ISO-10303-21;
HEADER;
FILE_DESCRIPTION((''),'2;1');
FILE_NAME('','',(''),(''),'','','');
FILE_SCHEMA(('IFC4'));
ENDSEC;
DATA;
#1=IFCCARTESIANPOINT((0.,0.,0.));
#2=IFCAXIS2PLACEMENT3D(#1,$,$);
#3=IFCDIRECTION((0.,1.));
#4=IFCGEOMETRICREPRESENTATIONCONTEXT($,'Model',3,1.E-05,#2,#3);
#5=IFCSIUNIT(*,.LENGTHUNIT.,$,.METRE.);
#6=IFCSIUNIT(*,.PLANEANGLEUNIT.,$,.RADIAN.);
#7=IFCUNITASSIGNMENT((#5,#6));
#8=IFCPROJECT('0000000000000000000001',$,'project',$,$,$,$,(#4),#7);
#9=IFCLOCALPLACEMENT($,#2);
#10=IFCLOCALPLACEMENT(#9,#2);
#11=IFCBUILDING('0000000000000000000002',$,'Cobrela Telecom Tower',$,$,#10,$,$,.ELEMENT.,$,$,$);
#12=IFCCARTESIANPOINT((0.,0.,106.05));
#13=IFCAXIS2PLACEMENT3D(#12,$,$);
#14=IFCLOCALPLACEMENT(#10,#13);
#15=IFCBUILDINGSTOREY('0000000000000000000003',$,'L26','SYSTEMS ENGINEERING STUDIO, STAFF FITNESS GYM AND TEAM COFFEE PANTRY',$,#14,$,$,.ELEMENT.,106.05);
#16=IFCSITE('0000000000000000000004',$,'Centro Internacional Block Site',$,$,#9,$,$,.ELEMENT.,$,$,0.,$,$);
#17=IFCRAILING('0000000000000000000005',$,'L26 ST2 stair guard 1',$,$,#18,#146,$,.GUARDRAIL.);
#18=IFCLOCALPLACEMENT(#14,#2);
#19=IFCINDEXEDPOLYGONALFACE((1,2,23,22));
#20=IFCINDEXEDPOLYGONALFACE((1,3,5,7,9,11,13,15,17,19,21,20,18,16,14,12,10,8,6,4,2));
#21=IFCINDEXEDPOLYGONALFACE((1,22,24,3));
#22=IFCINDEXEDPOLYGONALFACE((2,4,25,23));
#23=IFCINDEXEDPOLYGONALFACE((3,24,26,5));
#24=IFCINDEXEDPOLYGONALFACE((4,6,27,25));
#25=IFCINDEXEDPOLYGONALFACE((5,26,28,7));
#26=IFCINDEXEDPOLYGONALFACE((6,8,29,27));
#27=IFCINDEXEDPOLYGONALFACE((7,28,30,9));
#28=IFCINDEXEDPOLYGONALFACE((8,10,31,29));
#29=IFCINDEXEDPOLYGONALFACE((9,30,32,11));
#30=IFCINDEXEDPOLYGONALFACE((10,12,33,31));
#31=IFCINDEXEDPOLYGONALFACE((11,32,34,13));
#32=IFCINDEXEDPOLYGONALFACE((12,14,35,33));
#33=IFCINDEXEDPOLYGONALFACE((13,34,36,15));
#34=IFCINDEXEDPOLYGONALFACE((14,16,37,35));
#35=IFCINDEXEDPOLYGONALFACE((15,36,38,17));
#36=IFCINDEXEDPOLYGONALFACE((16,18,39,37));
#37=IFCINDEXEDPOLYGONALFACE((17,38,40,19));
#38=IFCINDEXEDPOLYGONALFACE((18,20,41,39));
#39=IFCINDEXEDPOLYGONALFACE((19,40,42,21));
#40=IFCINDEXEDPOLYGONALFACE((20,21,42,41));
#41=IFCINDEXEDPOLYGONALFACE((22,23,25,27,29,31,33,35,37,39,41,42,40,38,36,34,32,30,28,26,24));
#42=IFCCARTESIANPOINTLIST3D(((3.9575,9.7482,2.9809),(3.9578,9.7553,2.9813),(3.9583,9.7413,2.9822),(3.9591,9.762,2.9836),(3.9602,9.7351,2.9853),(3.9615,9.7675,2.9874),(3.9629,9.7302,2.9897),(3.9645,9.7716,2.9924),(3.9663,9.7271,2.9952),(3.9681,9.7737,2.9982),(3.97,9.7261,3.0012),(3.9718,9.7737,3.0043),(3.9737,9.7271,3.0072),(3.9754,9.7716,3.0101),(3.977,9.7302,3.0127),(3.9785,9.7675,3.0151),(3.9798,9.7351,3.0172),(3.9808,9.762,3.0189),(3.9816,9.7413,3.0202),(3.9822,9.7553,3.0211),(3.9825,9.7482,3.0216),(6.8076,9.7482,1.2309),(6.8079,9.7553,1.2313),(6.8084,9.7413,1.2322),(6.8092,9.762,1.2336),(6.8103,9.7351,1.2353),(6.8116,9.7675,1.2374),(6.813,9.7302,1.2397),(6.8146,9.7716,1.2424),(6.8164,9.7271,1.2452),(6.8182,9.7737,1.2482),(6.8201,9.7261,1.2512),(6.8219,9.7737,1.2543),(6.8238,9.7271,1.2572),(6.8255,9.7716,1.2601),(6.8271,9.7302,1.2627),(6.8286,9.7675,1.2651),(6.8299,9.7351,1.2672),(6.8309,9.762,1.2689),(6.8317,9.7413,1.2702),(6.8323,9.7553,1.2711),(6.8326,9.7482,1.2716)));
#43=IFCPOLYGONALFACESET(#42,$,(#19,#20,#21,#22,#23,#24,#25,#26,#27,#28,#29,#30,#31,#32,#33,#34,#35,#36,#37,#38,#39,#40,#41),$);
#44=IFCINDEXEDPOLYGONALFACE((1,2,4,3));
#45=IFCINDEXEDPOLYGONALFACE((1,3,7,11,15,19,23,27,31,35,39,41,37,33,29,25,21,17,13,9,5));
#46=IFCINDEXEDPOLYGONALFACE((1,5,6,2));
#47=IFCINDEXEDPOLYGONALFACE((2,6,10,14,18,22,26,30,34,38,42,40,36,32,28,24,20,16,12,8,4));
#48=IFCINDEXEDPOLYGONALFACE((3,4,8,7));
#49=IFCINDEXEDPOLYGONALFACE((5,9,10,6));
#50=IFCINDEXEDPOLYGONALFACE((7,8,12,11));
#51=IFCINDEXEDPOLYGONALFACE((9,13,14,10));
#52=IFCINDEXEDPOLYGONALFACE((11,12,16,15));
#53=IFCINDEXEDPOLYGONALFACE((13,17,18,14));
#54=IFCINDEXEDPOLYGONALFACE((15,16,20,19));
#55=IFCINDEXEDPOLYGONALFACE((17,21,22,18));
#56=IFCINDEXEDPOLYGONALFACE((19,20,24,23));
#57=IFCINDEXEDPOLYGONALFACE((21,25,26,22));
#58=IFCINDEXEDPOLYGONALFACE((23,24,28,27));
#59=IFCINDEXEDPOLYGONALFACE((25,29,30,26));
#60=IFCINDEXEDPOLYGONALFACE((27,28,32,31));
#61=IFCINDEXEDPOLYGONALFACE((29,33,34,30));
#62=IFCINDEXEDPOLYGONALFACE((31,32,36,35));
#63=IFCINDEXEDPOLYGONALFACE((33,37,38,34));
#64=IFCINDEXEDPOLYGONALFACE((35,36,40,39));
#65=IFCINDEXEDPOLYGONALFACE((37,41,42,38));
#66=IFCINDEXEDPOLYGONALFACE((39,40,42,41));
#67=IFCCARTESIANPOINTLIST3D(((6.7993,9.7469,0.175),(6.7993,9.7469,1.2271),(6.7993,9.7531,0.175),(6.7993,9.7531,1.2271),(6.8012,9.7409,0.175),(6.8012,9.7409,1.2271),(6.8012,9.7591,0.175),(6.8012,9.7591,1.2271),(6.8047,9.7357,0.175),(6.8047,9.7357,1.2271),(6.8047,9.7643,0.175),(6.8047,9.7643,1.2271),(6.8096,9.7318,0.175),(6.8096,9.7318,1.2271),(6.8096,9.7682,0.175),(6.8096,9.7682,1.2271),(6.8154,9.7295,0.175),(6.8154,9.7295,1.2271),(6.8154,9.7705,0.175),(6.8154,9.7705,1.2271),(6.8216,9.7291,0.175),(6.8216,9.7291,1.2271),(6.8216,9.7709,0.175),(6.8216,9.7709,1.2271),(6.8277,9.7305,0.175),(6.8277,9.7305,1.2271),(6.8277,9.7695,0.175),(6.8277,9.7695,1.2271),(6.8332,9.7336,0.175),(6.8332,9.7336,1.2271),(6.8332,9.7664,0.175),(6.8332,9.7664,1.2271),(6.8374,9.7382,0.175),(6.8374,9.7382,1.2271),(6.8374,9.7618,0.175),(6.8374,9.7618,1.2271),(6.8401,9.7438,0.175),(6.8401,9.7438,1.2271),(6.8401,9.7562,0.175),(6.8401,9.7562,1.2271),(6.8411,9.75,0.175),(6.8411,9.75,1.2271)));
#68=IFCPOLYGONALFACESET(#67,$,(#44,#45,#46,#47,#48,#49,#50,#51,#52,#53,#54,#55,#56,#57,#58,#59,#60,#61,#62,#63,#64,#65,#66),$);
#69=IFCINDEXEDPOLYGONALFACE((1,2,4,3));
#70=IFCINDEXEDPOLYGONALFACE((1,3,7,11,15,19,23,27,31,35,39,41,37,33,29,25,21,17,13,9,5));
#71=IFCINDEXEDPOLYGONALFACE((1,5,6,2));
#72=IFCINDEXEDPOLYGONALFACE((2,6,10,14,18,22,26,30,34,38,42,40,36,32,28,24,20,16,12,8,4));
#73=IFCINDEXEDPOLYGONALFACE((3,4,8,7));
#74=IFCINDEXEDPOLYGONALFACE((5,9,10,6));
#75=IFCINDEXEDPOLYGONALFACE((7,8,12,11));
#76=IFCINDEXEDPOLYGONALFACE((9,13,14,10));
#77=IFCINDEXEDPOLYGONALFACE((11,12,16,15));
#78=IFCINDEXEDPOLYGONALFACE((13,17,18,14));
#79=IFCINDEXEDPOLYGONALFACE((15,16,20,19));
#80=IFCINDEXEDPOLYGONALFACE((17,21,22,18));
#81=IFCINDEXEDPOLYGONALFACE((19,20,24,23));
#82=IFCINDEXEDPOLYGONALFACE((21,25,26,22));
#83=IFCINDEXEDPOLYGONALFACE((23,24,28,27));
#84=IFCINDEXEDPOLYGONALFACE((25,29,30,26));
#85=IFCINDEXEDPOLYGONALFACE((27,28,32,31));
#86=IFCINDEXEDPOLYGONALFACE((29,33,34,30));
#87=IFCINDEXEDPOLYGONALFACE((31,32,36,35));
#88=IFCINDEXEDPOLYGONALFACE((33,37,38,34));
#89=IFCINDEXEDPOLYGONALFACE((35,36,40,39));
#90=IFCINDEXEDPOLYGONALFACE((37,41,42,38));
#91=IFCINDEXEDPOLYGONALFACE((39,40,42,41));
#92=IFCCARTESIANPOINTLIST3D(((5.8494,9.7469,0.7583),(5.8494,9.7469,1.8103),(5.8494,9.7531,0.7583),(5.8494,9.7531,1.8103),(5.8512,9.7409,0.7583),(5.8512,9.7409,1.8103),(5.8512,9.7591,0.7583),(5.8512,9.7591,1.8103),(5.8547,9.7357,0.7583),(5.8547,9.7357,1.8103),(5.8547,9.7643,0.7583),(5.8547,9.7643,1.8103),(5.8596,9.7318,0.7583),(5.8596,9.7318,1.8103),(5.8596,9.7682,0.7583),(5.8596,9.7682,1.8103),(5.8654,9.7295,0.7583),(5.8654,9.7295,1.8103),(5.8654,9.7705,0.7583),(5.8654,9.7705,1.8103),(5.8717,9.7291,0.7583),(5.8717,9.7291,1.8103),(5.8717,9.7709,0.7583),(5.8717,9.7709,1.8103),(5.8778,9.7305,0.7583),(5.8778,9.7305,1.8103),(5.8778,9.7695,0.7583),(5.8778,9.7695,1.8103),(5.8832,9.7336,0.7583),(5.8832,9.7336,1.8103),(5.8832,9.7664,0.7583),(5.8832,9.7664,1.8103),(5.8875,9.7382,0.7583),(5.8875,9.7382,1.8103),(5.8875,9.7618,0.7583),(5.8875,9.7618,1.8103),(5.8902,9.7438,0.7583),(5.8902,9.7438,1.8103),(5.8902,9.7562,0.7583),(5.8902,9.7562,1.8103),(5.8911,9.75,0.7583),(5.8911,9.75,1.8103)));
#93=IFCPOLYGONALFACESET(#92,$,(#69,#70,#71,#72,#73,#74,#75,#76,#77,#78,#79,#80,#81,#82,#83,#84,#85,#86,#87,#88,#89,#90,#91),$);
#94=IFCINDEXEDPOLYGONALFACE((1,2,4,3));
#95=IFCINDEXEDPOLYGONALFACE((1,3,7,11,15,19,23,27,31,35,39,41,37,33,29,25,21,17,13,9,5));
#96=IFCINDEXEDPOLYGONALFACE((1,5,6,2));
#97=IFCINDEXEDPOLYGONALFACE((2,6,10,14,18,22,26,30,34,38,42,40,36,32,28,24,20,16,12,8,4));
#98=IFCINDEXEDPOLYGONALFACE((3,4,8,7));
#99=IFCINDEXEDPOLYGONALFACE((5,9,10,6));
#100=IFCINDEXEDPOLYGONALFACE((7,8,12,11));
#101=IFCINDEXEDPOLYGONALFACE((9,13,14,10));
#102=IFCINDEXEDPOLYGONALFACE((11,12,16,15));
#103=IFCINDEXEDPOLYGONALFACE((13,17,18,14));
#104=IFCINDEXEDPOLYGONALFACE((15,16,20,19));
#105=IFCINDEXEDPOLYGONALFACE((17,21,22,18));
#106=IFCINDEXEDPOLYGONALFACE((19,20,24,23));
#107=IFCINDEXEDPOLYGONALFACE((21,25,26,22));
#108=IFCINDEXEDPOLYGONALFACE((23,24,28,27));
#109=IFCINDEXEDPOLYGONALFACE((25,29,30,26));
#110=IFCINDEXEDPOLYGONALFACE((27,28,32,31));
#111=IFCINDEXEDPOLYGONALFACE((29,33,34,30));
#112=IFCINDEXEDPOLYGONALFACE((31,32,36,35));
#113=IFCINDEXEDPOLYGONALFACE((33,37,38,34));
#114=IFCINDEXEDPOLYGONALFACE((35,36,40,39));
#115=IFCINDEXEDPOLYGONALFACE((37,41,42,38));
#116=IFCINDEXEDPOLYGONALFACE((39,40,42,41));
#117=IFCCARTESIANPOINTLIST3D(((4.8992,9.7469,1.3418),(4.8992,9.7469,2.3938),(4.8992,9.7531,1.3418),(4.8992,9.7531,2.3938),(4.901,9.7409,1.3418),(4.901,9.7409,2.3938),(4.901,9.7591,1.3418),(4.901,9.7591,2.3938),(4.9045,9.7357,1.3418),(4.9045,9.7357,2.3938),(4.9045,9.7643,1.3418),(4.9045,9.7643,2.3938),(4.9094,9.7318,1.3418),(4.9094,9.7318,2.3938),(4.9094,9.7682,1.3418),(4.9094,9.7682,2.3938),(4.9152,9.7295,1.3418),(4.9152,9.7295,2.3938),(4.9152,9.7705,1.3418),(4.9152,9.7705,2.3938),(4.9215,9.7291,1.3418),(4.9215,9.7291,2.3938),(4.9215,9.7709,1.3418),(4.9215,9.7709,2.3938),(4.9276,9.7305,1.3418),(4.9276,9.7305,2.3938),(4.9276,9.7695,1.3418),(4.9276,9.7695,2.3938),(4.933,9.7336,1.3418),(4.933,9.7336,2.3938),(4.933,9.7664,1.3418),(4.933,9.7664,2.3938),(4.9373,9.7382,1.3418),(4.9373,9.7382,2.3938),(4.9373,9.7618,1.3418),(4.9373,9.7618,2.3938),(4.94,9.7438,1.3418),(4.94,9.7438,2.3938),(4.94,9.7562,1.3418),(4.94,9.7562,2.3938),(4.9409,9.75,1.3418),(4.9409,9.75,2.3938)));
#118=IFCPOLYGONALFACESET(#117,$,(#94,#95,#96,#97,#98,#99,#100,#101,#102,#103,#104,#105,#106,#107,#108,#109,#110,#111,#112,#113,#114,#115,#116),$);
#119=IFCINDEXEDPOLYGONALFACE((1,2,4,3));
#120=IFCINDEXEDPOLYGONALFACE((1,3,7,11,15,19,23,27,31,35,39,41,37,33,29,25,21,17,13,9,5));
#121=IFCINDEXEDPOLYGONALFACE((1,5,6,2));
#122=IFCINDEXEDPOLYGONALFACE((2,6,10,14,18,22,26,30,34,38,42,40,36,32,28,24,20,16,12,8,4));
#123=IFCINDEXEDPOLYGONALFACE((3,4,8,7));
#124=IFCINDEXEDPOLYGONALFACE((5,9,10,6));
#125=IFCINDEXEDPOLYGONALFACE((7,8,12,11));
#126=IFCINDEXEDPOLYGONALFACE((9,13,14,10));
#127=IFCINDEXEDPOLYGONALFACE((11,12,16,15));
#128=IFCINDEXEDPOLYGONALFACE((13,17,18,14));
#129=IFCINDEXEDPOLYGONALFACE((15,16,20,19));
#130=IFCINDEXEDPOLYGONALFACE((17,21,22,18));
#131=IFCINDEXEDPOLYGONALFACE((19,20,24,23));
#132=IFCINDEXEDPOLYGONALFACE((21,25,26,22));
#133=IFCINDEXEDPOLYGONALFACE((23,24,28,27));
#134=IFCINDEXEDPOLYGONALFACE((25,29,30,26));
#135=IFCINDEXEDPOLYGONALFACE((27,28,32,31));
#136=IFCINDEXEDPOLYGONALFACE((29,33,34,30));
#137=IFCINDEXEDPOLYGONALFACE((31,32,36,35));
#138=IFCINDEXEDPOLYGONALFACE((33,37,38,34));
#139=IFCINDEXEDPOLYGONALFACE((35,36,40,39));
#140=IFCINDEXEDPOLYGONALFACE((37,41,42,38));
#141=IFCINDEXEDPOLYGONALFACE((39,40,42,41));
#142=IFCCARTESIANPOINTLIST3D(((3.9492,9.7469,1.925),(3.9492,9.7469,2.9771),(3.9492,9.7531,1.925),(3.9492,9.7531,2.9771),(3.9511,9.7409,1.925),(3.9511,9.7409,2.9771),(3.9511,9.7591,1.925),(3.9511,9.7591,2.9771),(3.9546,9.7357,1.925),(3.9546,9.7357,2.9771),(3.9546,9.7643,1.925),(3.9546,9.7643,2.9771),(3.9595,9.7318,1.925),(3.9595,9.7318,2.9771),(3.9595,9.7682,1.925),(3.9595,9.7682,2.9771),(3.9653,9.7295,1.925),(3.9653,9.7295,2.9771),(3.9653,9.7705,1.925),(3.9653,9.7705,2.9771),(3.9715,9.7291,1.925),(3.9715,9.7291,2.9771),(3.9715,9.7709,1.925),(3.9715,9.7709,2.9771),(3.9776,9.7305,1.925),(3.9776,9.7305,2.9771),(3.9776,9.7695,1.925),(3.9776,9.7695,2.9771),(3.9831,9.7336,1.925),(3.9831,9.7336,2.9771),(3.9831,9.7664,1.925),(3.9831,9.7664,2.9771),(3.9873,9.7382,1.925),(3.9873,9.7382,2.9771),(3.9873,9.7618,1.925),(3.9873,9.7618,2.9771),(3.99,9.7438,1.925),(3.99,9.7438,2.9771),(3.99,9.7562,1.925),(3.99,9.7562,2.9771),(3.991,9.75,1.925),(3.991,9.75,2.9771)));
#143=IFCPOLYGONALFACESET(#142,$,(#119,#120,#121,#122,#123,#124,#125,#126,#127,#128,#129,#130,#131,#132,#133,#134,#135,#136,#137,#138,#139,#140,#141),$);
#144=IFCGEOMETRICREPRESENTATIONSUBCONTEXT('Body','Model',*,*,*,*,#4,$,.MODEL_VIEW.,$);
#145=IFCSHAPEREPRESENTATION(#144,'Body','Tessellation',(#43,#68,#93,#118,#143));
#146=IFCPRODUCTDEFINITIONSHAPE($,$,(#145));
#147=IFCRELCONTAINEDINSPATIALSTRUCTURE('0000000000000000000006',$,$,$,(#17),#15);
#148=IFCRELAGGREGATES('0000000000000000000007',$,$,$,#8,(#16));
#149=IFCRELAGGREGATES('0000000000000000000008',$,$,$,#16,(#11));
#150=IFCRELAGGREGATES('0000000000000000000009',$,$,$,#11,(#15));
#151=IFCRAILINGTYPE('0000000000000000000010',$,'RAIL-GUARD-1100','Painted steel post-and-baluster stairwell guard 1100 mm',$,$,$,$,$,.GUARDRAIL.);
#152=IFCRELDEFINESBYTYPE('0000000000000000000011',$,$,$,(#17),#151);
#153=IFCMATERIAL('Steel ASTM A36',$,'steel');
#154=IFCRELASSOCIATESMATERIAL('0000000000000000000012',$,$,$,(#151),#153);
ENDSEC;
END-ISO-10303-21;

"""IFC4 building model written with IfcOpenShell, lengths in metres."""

from ifc_helpers import new_model, si_unit, direction, frame, origin, origin_2d, place, context, subcontext, project, spatial, circle, extrude, material, type_object, element, save


model = new_model("IFC4")

# Units and contexts
model_context = context("Model", 3, precision=1e-05, world=origin(), true_north=direction((0.0, 1.0)))
body_context = subcontext(model_context, "Body", "Model", "MODEL_VIEW")
ifc_project = project(units=[si_unit("LENGTHUNIT", "METRE"), si_unit("PLANEANGLEUNIT", "RADIAN")], contexts=[model_context])

# Site, building, storey
site_placement = place(None, origin())
site = spatial("IfcSite", under=ifc_project, at=site_placement, Name="Centro Internacional Block Site", CompositionType="ELEMENT", RefElevation=0.0)
building_placement = place(site_placement, origin())
building = spatial("IfcBuilding", under=site, at=building_placement, Name="Cobrela Telecom Tower", CompositionType="ELEMENT")
storey_placement = place(building_placement, frame((0.0, 0.0, 106.05)))
storey = spatial("IfcBuildingStorey", under=building, at=storey_placement, Name="L26", Description="SYSTEMS ENGINEERING STUDIO, STAFF FITNESS GYM AND TEAM COFFEE PANTRY", CompositionType="ELEMENT", Elevation=106.05)

# Shared definitions
ifc_material_1 = material(Name="Steel ASTM A36", Category="steel")

# Railing
railing_type_1 = type_object("IfcRailingType", Name="RAIL-GUARD-1100", Description="Painted steel post-and-baluster stairwell guard 1100 mm", PredefinedType="GUARDRAIL", material=ifc_material_1)
railing_1_placement = place(storey_placement, frame((6.8201, 9.75, 0.175)))
element("IfcRailing", 1, at=railing_1_placement, inside=storey, type_object=railing_type_1, Name="L26 ST2 stair guard 1", PredefinedType="GUARDRAIL", context=body_context, shape_type="SweptSolid", body=[
    extrude(circle(Radius=0.0239, at=origin_2d()), frame((0.0, 0.0, 1.0762), z_axis=(-0.852179, 0.0, 0.52325), x_axis=(0.0, -1.0, 0.0)), (0.0, 0.0, 1.0), 3.3445),
    extrude(circle(Radius=0.021, at=origin_2d()), origin(), (0.0, 0.0, 1.0), 1.052),
    extrude(circle(Radius=0.021, at=origin_2d()), frame((-0.95, 0.0, 0.5833)), (0.0, 0.0, 1.0), 1.052),
    extrude(circle(Radius=0.021, at=origin_2d()), frame((-1.9001, 0.0, 1.1667)), (0.0, 0.0, 1.0), 1.052),
    extrude(circle(Radius=0.021, at=origin_2d()), frame((-2.8501, 0.0, 1.75)), (0.0, 0.0, 1.0), 1.052),
])

save(model, "model.ifc")
